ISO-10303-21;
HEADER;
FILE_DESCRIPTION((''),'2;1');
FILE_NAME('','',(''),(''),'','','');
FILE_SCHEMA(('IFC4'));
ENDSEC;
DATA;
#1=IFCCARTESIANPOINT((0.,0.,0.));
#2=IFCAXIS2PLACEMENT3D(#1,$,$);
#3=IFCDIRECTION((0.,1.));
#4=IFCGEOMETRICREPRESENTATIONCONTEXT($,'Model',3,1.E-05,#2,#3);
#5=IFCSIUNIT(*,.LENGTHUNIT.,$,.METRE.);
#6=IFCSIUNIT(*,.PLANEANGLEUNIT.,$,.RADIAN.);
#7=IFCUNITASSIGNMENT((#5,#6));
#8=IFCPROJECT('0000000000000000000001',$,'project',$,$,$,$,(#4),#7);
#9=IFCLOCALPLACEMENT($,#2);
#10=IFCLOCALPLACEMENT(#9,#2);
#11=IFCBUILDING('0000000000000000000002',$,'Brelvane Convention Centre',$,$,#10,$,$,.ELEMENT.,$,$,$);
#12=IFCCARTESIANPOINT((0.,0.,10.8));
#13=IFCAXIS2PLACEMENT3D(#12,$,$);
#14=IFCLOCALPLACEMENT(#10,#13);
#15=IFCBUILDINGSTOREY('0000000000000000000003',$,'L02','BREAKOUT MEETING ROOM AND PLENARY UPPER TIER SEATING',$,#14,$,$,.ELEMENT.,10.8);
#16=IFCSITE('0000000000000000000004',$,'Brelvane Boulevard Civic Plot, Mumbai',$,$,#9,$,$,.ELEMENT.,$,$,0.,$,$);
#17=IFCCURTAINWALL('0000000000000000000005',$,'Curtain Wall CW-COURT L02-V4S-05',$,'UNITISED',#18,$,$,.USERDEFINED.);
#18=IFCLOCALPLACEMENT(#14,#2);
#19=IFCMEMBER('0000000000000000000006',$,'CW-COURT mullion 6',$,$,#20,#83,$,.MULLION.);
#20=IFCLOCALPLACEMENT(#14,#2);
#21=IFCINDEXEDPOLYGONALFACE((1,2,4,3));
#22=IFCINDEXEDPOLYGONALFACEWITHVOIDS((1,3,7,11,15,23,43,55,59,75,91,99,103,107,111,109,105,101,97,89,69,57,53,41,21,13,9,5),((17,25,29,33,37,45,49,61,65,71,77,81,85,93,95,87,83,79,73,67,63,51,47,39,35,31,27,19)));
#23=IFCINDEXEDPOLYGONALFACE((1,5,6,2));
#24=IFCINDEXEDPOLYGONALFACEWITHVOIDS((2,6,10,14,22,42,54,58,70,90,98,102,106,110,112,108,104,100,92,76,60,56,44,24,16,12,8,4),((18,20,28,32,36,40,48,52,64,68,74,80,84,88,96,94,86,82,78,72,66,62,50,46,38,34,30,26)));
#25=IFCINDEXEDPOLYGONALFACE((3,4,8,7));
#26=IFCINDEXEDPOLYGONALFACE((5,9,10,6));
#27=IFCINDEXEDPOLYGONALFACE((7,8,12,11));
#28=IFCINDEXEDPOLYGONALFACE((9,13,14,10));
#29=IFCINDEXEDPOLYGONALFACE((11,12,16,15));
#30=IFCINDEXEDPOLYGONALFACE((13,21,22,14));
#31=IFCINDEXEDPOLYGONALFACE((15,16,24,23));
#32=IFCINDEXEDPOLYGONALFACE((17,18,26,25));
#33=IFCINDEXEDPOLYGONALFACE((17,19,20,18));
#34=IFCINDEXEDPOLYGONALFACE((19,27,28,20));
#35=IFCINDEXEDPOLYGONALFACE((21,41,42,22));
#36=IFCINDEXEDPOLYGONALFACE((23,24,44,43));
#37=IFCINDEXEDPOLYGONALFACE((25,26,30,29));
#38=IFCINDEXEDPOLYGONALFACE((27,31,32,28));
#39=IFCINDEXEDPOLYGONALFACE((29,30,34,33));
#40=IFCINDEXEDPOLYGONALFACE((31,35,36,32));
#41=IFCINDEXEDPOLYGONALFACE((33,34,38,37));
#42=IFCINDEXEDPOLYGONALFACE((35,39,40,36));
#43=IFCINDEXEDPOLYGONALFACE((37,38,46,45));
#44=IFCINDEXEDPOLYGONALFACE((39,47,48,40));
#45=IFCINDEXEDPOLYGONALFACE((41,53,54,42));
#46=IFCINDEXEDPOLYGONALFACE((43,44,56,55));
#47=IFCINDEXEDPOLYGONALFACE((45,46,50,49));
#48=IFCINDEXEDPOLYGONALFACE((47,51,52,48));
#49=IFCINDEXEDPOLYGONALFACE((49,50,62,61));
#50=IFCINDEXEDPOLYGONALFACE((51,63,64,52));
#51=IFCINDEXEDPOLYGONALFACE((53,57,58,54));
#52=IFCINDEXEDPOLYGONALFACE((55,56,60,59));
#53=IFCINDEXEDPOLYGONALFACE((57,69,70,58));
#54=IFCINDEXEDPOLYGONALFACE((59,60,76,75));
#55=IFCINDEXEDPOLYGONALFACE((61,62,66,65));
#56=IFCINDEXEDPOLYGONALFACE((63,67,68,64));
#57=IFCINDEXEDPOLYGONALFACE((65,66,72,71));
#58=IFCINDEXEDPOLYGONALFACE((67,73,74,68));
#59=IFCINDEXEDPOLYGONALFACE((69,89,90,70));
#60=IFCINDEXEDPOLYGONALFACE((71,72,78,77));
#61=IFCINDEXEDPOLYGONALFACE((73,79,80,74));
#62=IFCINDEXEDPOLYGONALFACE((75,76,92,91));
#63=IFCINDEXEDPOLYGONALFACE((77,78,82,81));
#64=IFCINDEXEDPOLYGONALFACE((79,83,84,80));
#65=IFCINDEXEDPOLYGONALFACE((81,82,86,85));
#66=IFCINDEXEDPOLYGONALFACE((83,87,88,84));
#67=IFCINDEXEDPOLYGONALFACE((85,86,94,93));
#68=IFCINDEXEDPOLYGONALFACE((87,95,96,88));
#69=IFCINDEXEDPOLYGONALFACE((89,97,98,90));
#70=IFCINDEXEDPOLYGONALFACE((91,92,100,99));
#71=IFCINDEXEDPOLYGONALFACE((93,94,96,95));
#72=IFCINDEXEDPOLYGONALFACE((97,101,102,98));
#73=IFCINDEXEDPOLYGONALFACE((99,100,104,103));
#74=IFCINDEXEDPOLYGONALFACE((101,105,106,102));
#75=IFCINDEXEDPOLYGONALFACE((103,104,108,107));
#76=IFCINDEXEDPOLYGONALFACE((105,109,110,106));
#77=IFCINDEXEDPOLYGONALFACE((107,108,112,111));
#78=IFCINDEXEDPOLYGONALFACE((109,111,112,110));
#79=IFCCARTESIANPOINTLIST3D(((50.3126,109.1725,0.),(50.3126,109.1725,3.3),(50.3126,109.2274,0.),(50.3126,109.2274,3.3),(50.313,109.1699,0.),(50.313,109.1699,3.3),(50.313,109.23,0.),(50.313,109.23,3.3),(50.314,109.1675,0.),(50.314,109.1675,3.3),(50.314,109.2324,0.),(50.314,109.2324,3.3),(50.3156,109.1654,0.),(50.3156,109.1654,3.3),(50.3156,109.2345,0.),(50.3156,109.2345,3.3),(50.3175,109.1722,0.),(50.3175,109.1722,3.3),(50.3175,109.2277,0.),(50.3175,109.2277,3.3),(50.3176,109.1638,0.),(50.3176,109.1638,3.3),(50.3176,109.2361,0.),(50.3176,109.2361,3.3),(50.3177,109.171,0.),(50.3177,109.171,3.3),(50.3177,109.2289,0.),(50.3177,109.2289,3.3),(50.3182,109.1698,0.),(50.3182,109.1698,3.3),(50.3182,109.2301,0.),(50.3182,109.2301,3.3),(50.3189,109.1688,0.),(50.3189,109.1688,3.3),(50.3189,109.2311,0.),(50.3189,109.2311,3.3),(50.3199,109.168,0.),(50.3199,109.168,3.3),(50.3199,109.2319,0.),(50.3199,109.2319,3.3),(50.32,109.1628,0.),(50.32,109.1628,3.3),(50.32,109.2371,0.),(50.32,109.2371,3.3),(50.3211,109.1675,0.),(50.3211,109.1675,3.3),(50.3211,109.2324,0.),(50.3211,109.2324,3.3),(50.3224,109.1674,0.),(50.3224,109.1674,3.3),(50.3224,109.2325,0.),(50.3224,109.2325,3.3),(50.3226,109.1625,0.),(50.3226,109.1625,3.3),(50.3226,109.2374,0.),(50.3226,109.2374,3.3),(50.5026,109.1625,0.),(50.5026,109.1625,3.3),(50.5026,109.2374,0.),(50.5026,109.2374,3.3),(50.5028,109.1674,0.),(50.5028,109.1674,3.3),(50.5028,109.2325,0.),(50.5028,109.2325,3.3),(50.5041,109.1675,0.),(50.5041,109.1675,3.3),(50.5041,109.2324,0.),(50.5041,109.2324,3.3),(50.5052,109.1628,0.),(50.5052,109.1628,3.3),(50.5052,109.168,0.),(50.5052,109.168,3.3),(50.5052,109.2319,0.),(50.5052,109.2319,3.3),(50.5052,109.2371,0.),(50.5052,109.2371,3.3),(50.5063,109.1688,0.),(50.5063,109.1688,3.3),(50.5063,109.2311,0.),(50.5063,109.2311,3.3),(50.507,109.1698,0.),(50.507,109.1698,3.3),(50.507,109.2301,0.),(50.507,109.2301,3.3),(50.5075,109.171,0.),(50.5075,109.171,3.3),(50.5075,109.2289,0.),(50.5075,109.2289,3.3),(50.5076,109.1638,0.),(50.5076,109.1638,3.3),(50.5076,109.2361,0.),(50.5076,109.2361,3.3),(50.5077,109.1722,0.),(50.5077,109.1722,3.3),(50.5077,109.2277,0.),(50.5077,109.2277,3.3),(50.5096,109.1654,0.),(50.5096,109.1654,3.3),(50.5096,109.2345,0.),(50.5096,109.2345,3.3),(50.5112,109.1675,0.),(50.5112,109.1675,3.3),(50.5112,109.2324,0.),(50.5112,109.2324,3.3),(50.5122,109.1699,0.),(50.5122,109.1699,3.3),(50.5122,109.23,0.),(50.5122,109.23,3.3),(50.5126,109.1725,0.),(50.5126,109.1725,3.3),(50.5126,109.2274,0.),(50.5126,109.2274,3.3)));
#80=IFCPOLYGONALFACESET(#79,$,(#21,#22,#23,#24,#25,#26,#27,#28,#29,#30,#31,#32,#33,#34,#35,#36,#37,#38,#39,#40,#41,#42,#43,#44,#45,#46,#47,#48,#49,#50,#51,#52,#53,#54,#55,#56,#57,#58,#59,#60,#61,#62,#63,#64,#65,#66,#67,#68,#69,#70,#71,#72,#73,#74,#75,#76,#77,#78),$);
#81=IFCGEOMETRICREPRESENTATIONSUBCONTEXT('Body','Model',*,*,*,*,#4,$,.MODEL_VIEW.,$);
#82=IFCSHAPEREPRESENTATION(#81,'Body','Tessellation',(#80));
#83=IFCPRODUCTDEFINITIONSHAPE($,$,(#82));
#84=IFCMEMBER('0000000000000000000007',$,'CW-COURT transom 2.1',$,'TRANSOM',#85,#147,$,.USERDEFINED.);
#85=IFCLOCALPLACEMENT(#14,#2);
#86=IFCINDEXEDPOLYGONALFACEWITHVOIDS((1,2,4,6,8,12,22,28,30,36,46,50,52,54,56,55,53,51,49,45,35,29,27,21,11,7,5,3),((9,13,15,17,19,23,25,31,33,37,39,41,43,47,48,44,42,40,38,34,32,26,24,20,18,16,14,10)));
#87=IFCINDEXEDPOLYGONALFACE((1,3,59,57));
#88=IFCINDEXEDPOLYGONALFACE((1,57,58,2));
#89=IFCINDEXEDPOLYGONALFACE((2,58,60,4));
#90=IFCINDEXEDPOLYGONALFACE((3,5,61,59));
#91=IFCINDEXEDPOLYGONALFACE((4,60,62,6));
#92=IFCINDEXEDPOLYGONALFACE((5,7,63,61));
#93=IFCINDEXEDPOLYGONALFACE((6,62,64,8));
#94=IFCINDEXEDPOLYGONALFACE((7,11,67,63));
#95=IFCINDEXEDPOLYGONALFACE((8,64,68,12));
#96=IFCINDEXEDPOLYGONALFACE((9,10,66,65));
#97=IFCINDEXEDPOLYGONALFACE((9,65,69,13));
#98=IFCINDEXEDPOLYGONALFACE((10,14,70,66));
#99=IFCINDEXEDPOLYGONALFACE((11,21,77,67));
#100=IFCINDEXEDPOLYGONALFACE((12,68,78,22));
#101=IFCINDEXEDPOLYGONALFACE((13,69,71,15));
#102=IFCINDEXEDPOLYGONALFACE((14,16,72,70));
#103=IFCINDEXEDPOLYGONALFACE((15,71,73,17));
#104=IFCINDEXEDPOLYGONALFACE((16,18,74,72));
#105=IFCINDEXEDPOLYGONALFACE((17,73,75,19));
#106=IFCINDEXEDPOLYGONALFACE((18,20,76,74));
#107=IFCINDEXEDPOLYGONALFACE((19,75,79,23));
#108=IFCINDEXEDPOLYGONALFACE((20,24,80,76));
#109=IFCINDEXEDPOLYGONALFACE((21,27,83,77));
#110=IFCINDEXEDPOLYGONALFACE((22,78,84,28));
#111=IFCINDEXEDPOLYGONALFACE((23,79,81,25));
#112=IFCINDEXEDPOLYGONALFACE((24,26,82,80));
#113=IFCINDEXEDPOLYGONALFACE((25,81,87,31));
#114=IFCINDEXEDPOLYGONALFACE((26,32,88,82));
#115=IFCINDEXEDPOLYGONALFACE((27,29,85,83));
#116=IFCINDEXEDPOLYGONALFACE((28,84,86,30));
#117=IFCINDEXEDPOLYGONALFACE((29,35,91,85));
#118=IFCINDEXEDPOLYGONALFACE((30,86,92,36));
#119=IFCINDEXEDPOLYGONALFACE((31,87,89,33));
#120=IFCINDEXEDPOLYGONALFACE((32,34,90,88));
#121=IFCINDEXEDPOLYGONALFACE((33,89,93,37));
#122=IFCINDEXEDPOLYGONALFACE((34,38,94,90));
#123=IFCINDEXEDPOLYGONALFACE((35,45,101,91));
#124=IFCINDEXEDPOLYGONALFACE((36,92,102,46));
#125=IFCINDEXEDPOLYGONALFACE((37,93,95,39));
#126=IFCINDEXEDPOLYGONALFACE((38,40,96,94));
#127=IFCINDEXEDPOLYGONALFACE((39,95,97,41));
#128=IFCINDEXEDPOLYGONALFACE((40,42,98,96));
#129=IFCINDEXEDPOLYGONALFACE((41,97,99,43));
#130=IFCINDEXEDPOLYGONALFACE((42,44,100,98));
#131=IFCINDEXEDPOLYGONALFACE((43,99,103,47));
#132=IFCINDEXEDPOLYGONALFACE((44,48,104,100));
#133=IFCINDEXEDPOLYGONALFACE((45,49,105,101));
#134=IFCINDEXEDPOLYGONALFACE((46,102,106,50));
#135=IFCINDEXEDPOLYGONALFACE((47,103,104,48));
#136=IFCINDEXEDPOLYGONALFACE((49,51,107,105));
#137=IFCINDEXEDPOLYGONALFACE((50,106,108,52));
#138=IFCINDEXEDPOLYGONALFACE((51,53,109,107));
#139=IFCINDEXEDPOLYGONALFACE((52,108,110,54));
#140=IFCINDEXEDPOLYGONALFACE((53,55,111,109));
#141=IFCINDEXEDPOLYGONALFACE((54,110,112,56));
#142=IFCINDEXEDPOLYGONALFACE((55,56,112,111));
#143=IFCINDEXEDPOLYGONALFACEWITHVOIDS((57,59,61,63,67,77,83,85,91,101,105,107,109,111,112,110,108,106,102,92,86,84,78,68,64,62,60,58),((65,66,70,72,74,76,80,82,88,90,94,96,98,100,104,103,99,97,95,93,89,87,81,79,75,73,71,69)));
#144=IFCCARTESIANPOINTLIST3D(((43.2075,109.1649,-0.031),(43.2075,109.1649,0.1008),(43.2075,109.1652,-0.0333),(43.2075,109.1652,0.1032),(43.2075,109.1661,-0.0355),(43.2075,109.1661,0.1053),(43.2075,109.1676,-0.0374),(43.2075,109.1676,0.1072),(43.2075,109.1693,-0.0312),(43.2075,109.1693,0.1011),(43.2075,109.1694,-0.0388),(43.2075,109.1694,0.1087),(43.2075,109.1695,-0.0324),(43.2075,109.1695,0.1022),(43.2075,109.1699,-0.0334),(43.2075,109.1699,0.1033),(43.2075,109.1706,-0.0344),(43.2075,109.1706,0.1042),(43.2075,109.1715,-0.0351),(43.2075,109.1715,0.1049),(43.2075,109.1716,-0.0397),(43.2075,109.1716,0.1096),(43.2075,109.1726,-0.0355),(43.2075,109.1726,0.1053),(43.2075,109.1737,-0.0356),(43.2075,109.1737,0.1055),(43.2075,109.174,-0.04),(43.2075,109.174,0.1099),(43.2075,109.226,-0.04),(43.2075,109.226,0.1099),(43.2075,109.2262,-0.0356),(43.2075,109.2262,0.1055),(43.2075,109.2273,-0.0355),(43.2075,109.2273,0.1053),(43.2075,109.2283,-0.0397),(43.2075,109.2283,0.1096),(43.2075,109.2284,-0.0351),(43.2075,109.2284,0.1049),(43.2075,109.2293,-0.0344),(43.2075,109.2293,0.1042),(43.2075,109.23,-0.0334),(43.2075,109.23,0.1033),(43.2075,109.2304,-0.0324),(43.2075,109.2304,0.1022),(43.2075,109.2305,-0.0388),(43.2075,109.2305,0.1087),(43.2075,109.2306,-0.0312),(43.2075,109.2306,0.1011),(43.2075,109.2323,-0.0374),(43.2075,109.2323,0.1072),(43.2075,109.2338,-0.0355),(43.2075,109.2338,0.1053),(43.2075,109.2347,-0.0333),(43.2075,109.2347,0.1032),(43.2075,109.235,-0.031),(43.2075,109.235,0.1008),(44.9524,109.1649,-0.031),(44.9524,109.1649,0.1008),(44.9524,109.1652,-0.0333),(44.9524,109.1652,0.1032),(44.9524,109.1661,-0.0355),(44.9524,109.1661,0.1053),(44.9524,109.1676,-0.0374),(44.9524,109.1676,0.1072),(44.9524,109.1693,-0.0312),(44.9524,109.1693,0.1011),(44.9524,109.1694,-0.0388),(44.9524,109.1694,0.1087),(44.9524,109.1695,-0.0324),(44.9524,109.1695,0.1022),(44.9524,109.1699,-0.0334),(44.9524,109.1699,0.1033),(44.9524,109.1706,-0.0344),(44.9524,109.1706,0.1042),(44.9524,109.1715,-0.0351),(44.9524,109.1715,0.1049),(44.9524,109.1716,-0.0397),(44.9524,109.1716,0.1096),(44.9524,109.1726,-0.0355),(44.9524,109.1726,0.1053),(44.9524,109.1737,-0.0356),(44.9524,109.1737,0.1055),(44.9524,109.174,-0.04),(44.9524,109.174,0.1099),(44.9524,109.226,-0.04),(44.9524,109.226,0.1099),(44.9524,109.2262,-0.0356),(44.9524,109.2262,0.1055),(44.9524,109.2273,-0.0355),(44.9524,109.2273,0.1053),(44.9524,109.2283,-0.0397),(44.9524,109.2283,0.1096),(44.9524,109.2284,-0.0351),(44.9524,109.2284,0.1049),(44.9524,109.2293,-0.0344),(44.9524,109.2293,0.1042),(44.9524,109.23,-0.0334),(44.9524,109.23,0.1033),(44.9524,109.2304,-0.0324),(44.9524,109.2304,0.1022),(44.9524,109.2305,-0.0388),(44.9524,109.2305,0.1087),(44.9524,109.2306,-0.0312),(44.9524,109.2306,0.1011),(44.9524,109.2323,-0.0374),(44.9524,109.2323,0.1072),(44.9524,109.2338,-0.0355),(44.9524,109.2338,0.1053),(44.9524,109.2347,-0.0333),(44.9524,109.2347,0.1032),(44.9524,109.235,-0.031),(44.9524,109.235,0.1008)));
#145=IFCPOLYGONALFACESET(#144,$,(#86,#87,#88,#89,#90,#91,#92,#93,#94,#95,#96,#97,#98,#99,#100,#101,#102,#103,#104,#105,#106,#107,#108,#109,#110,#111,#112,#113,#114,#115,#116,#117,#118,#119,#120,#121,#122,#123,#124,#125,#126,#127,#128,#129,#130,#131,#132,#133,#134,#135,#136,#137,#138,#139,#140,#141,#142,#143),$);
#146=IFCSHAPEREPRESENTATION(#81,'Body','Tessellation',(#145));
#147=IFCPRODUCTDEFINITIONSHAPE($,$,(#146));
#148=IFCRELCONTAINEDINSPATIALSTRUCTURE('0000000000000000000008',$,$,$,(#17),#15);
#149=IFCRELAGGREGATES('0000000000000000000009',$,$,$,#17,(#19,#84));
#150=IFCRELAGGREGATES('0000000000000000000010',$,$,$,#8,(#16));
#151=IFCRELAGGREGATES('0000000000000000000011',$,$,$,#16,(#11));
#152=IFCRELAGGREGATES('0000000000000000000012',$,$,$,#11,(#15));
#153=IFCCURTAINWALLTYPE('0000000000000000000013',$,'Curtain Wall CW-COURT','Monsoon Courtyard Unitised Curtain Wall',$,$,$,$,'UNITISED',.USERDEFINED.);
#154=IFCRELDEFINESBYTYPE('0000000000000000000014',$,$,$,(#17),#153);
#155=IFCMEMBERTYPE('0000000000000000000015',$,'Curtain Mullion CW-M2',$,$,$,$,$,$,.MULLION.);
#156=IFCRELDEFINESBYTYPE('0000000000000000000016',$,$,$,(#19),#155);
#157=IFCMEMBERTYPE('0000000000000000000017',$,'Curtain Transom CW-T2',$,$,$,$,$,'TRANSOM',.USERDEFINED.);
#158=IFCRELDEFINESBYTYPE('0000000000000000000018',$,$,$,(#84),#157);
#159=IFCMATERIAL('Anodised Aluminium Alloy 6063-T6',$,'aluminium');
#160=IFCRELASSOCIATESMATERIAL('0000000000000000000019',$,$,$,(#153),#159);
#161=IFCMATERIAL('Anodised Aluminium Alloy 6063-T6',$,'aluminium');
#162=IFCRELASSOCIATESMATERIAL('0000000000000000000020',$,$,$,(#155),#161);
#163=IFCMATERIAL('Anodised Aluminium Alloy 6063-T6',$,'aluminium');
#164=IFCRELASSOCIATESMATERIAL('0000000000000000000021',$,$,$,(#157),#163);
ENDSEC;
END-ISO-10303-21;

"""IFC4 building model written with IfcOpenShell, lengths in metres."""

from ifc_helpers import new_model, si_unit, direction, frame, origin, origin_2d, place, context, subcontext, project, spatial, hollow_rectangle, extrude, material, material_profile, profile_set, type_object, element, aggregate, save


model = new_model("IFC4")

# Units and contexts
model_context = context("Model", 3, precision=1e-05, world=origin(), true_north=direction((0.0, 1.0)))
body_context = subcontext(model_context, "Body", "Model", "MODEL_VIEW")
ifc_project = project(units=[si_unit("LENGTHUNIT", "METRE"), si_unit("PLANEANGLEUNIT", "RADIAN")], contexts=[model_context])

# Site, building, storey
site_placement = place(None, origin())
site = spatial("IfcSite", under=ifc_project, at=site_placement, Name="Brelvane Boulevard Civic Plot, Mumbai", CompositionType="ELEMENT", RefElevation=0.0)
building_placement = place(site_placement, origin())
building = spatial("IfcBuilding", under=site, at=building_placement, Name="Brelvane Convention Centre", CompositionType="ELEMENT")
storey_placement = place(building_placement, frame((0.0, 0.0, 10.8)))
storey = spatial("IfcBuildingStorey", under=building, at=storey_placement, Name="L02", Description="BREAKOUT MEETING ROOM AND PLENARY UPPER TIER SEATING", CompositionType="ELEMENT", Elevation=10.8)

# Curtain wall, members
ifc_material_1 = material(Name="Anodised Aluminium Alloy 6063-T6", Category="aluminium")
curtain_wall_type = type_object("IfcCurtainWallType", Name="Curtain Wall CW-COURT", Description="Monsoon Courtyard Unitised Curtain Wall", ElementType="UNITISED", PredefinedType="USERDEFINED", material=ifc_material_1)
curtain_wall_placement = place(storey_placement, origin())
curtain_wall = element("IfcCurtainWall", 1, at=curtain_wall_placement, inside=storey, type_object=curtain_wall_type, Name="Curtain Wall CW-COURT L02-V4S-05", ObjectType="UNITISED", PredefinedType="USERDEFINED")
ifc_material_2 = material(Name="Anodised Aluminium Alloy 6063-T6", Category="aluminium")
ifc_material_profile_1 = material_profile(ifc_material_2, hollow_rectangle(XDim=0.075, YDim=0.2, WallThickness=0.0049, InnerFilletRadius=0.0049, OuterFilletRadius=0.01, at=origin_2d()), Name="ALU-M 200x75x5.0")
ifc_profile_set_1 = profile_set([ifc_material_profile_1], Name="Anodised Aluminium Alloy 6063-T6")
member_type_1 = type_object("IfcMemberType", Name="Curtain Mullion CW-M2", PredefinedType="MULLION", material=ifc_profile_set_1)
member_1_placement = place(storey_placement, frame((50.4126, 109.2, 0.0), z_axis=(0.0, 0.0, 1.0), x_axis=(0.0, 1.0, 0.0)))
member_1 = element("IfcMember", 2, at=member_1_placement, type_object=member_type_1, Name="CW-COURT mullion 6", PredefinedType="MULLION", context=body_context, shape_type="SweptSolid", body=[
    extrude(hollow_rectangle(XDim=0.075, YDim=0.2, WallThickness=0.0049, InnerFilletRadius=0.0049, OuterFilletRadius=0.01, at=origin_2d()), origin(), (0.0, 0.0, 1.0), 3.3),
])
ifc_material_3 = material(Name="Anodised Aluminium Alloy 6063-T6", Category="aluminium")
ifc_material_profile_2 = material_profile(ifc_material_3, hollow_rectangle(XDim=0.0701, YDim=0.1499, WallThickness=0.0044, InnerFilletRadius=0.0044, OuterFilletRadius=0.009, at=origin_2d()), Name="ALU-T 150x70x4.5")
ifc_profile_set_2 = profile_set([ifc_material_profile_2], Name="Anodised Aluminium Alloy 6063-T6")
member_type_2 = type_object("IfcMemberType", Name="Curtain Transom CW-T2", ElementType="TRANSOM", PredefinedType="USERDEFINED", material=ifc_profile_set_2)
member_2_placement = place(storey_placement, frame((43.2075, 109.2, 0.0349), z_axis=(1.0, 0.0, 0.0), x_axis=(0.0, 1.0, 0.0)))
member_2 = element("IfcMember", 3, at=member_2_placement, type_object=member_type_2, Name="CW-COURT transom 2.1", ObjectType="TRANSOM", PredefinedType="USERDEFINED", context=body_context, shape_type="SweptSolid", body=[
    extrude(hollow_rectangle(XDim=0.0701, YDim=0.1499, WallThickness=0.0044, InnerFilletRadius=0.0044, OuterFilletRadius=0.009, at=origin_2d()), origin(), (0.0, 0.0, 1.0), 1.7449),
])

aggregate(curtain_wall, [member_1, member_2])

save(model, "model.ifc")
